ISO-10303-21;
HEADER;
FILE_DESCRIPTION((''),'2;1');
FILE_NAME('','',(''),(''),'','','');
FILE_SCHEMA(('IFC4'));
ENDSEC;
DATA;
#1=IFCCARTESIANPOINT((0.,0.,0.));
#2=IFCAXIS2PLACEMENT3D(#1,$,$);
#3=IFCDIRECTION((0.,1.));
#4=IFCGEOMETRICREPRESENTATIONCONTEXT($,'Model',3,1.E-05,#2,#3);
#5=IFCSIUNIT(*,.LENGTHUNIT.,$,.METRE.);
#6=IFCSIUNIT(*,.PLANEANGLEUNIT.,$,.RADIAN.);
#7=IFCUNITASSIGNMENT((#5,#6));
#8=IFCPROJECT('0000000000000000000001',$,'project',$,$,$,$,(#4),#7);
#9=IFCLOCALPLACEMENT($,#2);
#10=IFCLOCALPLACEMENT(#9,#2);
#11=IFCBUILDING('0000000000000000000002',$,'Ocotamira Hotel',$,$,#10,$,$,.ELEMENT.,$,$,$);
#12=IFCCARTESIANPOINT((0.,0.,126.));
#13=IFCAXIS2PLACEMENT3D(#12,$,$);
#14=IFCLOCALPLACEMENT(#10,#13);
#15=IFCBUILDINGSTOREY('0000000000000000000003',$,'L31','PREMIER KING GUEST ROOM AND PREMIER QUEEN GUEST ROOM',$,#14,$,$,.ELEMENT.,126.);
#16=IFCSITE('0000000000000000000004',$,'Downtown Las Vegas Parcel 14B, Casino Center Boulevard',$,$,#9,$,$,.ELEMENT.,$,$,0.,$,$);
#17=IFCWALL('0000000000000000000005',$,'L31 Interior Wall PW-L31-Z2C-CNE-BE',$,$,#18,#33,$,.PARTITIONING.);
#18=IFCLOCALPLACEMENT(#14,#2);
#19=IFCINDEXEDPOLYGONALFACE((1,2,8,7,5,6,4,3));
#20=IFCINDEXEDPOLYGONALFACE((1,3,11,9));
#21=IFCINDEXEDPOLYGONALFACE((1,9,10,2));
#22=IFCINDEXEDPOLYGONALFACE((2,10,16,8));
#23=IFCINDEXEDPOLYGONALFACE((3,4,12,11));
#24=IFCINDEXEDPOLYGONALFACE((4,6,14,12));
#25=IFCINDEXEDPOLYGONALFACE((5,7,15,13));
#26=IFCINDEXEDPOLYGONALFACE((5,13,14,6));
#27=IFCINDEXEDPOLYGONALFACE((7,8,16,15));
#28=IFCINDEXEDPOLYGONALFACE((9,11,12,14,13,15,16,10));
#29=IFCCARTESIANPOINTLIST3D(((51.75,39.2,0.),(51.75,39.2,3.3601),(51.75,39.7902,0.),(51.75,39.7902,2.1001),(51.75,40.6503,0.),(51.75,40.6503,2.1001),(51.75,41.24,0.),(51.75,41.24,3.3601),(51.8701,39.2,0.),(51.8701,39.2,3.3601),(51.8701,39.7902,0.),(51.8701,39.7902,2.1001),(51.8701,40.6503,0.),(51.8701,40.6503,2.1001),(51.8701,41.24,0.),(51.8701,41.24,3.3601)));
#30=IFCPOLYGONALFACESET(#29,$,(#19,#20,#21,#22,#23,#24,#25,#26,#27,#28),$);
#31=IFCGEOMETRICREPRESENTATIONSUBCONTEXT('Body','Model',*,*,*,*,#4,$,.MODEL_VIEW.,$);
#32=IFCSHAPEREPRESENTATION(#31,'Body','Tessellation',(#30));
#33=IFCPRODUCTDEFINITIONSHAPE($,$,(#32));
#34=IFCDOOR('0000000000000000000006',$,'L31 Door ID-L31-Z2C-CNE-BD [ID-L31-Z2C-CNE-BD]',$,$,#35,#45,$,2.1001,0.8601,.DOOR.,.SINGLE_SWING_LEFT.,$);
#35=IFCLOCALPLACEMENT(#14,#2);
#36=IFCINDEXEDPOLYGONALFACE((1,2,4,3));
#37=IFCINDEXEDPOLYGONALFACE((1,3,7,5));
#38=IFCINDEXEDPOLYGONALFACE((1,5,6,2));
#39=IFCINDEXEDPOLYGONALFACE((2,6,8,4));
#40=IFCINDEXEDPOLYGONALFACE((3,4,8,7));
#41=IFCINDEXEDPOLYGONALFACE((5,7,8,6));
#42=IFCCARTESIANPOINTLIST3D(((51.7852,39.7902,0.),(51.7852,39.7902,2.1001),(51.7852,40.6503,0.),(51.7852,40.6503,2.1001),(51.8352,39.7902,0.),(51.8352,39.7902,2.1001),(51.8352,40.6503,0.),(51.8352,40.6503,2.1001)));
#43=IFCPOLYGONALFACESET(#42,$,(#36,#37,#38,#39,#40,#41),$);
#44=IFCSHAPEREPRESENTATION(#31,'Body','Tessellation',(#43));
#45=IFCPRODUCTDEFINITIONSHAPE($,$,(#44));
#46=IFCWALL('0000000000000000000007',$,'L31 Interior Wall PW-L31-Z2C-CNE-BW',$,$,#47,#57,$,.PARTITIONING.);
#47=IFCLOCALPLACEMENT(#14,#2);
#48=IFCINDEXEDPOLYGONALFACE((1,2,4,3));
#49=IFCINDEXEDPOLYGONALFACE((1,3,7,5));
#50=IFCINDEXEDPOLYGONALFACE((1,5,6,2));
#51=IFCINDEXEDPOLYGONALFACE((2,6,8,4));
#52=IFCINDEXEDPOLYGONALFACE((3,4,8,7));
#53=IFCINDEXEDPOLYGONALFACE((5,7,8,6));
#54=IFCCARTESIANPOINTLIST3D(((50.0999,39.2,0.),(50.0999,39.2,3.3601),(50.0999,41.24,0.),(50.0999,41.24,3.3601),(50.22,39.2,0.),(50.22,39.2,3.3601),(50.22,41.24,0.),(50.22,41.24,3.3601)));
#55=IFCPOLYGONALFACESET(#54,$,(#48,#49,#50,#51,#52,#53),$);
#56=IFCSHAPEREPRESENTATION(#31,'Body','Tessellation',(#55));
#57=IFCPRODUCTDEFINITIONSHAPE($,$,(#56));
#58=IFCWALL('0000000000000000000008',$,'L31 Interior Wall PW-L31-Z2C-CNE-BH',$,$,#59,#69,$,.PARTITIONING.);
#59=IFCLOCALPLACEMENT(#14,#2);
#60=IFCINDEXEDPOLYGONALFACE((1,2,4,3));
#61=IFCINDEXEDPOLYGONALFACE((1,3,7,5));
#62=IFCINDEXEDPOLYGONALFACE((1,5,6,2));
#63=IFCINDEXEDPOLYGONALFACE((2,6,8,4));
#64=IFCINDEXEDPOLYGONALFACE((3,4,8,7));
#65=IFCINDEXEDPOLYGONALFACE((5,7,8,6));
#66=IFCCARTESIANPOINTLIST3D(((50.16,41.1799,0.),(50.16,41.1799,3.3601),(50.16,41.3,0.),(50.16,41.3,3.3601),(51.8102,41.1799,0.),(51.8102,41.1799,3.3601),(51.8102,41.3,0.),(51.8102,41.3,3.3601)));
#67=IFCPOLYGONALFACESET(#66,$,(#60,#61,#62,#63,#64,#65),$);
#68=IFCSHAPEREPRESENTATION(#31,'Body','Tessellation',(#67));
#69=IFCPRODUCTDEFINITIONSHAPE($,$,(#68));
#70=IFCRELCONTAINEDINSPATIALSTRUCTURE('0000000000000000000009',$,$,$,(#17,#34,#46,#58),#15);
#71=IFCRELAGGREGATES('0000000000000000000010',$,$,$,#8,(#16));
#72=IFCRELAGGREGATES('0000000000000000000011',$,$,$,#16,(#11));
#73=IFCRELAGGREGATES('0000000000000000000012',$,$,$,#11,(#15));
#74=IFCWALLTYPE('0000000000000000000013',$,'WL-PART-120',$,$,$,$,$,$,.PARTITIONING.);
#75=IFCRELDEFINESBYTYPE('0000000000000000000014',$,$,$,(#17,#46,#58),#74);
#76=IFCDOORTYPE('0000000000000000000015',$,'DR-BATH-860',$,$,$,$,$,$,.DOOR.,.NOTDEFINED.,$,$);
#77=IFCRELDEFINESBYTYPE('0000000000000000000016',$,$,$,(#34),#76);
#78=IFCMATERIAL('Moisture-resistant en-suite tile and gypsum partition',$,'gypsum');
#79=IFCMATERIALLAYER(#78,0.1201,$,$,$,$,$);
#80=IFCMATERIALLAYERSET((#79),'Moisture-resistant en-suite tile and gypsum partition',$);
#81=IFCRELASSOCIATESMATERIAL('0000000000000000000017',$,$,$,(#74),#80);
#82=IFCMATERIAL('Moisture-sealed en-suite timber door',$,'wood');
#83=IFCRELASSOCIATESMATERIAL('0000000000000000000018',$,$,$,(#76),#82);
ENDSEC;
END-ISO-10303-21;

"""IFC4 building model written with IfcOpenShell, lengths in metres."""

from ifc_helpers import new_model, si_unit, direction, frame, frame_2d, origin, place, context, subcontext, project, spatial, rectangle, extrude, source, transform, mapped, material, layer, layer_set, type_object, element, fill, save


model = new_model("IFC4")

# Units and contexts
model_context = context("Model", 3, precision=1e-05, world=origin(), true_north=direction((0.0, 1.0)))
body_context = subcontext(model_context, "Body", "Model", "MODEL_VIEW")
ifc_project = project(units=[si_unit("LENGTHUNIT", "METRE"), si_unit("PLANEANGLEUNIT", "RADIAN")], contexts=[model_context])

# Site, building, storey
site_placement = place(None, origin())
site = spatial("IfcSite", under=ifc_project, at=site_placement, Name="Downtown Las Vegas Parcel 14B, Casino Center Boulevard", CompositionType="ELEMENT", RefElevation=0.0)
building_placement = place(site_placement, origin())
building = spatial("IfcBuilding", under=site, at=building_placement, Name="Ocotamira Hotel", CompositionType="ELEMENT")
storey_placement = place(building_placement, frame((0.0, 0.0, 126.0)))
storey = spatial("IfcBuildingStorey", under=building, at=storey_placement, Name="L31", Description="PREMIER KING GUEST ROOM AND PREMIER QUEEN GUEST ROOM", CompositionType="ELEMENT", Elevation=126.0)

# Wall, opening, door
ifc_material_1 = material(Name="Moisture-resistant en-suite tile and gypsum partition", Category="gypsum")
ifc_layer_1 = layer(ifc_material_1, 0.1201)
ifc_layer_set_1 = layer_set([ifc_layer_1], Name="Moisture-resistant en-suite tile and gypsum partition")
wall_type_1 = type_object("IfcWallType", Name="WL-PART-120", PredefinedType="PARTITIONING", material=ifc_layer_set_1)
wall_1_placement = place(storey_placement, frame((51.8101, 39.2, 0.0), z_axis=(0.0, 0.0, 1.0), x_axis=(0.0, 1.0, 0.0)))
wall_1 = element("IfcWall", 1, at=wall_1_placement, inside=storey, type_object=wall_type_1, Name="L31 Interior Wall PW-L31-Z2C-CNE-BE", PredefinedType="PARTITIONING", context=body_context, shape_type="SweptSolid", body=[
    extrude(rectangle(XDim=2.04, YDim=0.1201, at=frame_2d((1.02, 0.0))), origin(), (0.0, 0.0, 1.0), 3.3601),
])
opening_1_placement = place(wall_1_placement, frame((0.5901, 0.0, 0.0)))
opening_1 = element("IfcOpeningElement", 2, at=opening_1_placement, cuts=wall_1, PredefinedType="OPENING", context=body_context, shape_type="SweptSolid", body=[
    extrude(rectangle(XDim=0.8601, YDim=2.1001, at=frame_2d((0.4302, 1.05))), frame((0.0, 0.0701, 0.0), z_axis=(0.0, -1.0, 0.0), x_axis=(1.0, 0.0, 0.0)), (0.0, 0.0, 1.0), 0.1401),
])
ifc_material_2 = material(Name="Moisture-sealed en-suite timber door", Category="wood")
door_type_1 = type_object("IfcDoorType", Name="DR-BATH-860", OperationType="NOTDEFINED", PredefinedType="DOOR", material=ifc_material_2)
shared_shape_1 = source(origin(), body_context, "Body", "SweptSolid", [
    extrude(rectangle(XDim=0.8601, YDim=2.1001, at=frame_2d((0.4302, 1.05))), frame((0.0, 0.0249, 0.0), z_axis=(0.0, -1.0, 0.0), x_axis=(1.0, 0.0, 0.0)), (0.0, 0.0, 1.0), 0.05),
])
door_1_placement = place(opening_1_placement, origin())
door_1 = element("IfcDoor", 3, at=door_1_placement, inside=storey, type_object=door_type_1, Name="L31 Door ID-L31-Z2C-CNE-BD [ID-L31-Z2C-CNE-BD]", OperationType="SINGLE_SWING_LEFT", OverallHeight=2.1001, OverallWidth=0.8601, PredefinedType="DOOR", context=body_context, shape_type="MappedRepresentation", body=[
    mapped(shared_shape_1, transform((0.0, 0.0, 0.0), scale=1.0)),
])
fill(opening_1, door_1)

# Walls
wall_2_placement = place(storey_placement, frame((50.1599, 39.2, 0.0), z_axis=(0.0, 0.0, 1.0), x_axis=(0.0, 1.0, 0.0)))
element("IfcWall", 4, at=wall_2_placement, inside=storey, type_object=wall_type_1, Name="L31 Interior Wall PW-L31-Z2C-CNE-BW", PredefinedType="PARTITIONING", context=body_context, shape_type="SweptSolid", body=[
    extrude(rectangle(XDim=2.04, YDim=0.1201, at=frame_2d((1.02, 0.0))), origin(), (0.0, 0.0, 1.0), 3.3601),
])
wall_3_placement = place(storey_placement, frame((50.1599, 41.24, 0.0), z_axis=(0.0, 0.0, 1.0), x_axis=(1.0, 0.0, 0.0)))
element("IfcWall", 5, at=wall_3_placement, inside=storey, type_object=wall_type_1, Name="L31 Interior Wall PW-L31-Z2C-CNE-BH", PredefinedType="PARTITIONING", context=body_context, shape_type="SweptSolid", body=[
    extrude(rectangle(XDim=1.6501, YDim=0.1201, at=frame_2d((0.8252, 0.0))), origin(), (0.0, 0.0, 1.0), 3.3601),
])

save(model, "model.ifc")
